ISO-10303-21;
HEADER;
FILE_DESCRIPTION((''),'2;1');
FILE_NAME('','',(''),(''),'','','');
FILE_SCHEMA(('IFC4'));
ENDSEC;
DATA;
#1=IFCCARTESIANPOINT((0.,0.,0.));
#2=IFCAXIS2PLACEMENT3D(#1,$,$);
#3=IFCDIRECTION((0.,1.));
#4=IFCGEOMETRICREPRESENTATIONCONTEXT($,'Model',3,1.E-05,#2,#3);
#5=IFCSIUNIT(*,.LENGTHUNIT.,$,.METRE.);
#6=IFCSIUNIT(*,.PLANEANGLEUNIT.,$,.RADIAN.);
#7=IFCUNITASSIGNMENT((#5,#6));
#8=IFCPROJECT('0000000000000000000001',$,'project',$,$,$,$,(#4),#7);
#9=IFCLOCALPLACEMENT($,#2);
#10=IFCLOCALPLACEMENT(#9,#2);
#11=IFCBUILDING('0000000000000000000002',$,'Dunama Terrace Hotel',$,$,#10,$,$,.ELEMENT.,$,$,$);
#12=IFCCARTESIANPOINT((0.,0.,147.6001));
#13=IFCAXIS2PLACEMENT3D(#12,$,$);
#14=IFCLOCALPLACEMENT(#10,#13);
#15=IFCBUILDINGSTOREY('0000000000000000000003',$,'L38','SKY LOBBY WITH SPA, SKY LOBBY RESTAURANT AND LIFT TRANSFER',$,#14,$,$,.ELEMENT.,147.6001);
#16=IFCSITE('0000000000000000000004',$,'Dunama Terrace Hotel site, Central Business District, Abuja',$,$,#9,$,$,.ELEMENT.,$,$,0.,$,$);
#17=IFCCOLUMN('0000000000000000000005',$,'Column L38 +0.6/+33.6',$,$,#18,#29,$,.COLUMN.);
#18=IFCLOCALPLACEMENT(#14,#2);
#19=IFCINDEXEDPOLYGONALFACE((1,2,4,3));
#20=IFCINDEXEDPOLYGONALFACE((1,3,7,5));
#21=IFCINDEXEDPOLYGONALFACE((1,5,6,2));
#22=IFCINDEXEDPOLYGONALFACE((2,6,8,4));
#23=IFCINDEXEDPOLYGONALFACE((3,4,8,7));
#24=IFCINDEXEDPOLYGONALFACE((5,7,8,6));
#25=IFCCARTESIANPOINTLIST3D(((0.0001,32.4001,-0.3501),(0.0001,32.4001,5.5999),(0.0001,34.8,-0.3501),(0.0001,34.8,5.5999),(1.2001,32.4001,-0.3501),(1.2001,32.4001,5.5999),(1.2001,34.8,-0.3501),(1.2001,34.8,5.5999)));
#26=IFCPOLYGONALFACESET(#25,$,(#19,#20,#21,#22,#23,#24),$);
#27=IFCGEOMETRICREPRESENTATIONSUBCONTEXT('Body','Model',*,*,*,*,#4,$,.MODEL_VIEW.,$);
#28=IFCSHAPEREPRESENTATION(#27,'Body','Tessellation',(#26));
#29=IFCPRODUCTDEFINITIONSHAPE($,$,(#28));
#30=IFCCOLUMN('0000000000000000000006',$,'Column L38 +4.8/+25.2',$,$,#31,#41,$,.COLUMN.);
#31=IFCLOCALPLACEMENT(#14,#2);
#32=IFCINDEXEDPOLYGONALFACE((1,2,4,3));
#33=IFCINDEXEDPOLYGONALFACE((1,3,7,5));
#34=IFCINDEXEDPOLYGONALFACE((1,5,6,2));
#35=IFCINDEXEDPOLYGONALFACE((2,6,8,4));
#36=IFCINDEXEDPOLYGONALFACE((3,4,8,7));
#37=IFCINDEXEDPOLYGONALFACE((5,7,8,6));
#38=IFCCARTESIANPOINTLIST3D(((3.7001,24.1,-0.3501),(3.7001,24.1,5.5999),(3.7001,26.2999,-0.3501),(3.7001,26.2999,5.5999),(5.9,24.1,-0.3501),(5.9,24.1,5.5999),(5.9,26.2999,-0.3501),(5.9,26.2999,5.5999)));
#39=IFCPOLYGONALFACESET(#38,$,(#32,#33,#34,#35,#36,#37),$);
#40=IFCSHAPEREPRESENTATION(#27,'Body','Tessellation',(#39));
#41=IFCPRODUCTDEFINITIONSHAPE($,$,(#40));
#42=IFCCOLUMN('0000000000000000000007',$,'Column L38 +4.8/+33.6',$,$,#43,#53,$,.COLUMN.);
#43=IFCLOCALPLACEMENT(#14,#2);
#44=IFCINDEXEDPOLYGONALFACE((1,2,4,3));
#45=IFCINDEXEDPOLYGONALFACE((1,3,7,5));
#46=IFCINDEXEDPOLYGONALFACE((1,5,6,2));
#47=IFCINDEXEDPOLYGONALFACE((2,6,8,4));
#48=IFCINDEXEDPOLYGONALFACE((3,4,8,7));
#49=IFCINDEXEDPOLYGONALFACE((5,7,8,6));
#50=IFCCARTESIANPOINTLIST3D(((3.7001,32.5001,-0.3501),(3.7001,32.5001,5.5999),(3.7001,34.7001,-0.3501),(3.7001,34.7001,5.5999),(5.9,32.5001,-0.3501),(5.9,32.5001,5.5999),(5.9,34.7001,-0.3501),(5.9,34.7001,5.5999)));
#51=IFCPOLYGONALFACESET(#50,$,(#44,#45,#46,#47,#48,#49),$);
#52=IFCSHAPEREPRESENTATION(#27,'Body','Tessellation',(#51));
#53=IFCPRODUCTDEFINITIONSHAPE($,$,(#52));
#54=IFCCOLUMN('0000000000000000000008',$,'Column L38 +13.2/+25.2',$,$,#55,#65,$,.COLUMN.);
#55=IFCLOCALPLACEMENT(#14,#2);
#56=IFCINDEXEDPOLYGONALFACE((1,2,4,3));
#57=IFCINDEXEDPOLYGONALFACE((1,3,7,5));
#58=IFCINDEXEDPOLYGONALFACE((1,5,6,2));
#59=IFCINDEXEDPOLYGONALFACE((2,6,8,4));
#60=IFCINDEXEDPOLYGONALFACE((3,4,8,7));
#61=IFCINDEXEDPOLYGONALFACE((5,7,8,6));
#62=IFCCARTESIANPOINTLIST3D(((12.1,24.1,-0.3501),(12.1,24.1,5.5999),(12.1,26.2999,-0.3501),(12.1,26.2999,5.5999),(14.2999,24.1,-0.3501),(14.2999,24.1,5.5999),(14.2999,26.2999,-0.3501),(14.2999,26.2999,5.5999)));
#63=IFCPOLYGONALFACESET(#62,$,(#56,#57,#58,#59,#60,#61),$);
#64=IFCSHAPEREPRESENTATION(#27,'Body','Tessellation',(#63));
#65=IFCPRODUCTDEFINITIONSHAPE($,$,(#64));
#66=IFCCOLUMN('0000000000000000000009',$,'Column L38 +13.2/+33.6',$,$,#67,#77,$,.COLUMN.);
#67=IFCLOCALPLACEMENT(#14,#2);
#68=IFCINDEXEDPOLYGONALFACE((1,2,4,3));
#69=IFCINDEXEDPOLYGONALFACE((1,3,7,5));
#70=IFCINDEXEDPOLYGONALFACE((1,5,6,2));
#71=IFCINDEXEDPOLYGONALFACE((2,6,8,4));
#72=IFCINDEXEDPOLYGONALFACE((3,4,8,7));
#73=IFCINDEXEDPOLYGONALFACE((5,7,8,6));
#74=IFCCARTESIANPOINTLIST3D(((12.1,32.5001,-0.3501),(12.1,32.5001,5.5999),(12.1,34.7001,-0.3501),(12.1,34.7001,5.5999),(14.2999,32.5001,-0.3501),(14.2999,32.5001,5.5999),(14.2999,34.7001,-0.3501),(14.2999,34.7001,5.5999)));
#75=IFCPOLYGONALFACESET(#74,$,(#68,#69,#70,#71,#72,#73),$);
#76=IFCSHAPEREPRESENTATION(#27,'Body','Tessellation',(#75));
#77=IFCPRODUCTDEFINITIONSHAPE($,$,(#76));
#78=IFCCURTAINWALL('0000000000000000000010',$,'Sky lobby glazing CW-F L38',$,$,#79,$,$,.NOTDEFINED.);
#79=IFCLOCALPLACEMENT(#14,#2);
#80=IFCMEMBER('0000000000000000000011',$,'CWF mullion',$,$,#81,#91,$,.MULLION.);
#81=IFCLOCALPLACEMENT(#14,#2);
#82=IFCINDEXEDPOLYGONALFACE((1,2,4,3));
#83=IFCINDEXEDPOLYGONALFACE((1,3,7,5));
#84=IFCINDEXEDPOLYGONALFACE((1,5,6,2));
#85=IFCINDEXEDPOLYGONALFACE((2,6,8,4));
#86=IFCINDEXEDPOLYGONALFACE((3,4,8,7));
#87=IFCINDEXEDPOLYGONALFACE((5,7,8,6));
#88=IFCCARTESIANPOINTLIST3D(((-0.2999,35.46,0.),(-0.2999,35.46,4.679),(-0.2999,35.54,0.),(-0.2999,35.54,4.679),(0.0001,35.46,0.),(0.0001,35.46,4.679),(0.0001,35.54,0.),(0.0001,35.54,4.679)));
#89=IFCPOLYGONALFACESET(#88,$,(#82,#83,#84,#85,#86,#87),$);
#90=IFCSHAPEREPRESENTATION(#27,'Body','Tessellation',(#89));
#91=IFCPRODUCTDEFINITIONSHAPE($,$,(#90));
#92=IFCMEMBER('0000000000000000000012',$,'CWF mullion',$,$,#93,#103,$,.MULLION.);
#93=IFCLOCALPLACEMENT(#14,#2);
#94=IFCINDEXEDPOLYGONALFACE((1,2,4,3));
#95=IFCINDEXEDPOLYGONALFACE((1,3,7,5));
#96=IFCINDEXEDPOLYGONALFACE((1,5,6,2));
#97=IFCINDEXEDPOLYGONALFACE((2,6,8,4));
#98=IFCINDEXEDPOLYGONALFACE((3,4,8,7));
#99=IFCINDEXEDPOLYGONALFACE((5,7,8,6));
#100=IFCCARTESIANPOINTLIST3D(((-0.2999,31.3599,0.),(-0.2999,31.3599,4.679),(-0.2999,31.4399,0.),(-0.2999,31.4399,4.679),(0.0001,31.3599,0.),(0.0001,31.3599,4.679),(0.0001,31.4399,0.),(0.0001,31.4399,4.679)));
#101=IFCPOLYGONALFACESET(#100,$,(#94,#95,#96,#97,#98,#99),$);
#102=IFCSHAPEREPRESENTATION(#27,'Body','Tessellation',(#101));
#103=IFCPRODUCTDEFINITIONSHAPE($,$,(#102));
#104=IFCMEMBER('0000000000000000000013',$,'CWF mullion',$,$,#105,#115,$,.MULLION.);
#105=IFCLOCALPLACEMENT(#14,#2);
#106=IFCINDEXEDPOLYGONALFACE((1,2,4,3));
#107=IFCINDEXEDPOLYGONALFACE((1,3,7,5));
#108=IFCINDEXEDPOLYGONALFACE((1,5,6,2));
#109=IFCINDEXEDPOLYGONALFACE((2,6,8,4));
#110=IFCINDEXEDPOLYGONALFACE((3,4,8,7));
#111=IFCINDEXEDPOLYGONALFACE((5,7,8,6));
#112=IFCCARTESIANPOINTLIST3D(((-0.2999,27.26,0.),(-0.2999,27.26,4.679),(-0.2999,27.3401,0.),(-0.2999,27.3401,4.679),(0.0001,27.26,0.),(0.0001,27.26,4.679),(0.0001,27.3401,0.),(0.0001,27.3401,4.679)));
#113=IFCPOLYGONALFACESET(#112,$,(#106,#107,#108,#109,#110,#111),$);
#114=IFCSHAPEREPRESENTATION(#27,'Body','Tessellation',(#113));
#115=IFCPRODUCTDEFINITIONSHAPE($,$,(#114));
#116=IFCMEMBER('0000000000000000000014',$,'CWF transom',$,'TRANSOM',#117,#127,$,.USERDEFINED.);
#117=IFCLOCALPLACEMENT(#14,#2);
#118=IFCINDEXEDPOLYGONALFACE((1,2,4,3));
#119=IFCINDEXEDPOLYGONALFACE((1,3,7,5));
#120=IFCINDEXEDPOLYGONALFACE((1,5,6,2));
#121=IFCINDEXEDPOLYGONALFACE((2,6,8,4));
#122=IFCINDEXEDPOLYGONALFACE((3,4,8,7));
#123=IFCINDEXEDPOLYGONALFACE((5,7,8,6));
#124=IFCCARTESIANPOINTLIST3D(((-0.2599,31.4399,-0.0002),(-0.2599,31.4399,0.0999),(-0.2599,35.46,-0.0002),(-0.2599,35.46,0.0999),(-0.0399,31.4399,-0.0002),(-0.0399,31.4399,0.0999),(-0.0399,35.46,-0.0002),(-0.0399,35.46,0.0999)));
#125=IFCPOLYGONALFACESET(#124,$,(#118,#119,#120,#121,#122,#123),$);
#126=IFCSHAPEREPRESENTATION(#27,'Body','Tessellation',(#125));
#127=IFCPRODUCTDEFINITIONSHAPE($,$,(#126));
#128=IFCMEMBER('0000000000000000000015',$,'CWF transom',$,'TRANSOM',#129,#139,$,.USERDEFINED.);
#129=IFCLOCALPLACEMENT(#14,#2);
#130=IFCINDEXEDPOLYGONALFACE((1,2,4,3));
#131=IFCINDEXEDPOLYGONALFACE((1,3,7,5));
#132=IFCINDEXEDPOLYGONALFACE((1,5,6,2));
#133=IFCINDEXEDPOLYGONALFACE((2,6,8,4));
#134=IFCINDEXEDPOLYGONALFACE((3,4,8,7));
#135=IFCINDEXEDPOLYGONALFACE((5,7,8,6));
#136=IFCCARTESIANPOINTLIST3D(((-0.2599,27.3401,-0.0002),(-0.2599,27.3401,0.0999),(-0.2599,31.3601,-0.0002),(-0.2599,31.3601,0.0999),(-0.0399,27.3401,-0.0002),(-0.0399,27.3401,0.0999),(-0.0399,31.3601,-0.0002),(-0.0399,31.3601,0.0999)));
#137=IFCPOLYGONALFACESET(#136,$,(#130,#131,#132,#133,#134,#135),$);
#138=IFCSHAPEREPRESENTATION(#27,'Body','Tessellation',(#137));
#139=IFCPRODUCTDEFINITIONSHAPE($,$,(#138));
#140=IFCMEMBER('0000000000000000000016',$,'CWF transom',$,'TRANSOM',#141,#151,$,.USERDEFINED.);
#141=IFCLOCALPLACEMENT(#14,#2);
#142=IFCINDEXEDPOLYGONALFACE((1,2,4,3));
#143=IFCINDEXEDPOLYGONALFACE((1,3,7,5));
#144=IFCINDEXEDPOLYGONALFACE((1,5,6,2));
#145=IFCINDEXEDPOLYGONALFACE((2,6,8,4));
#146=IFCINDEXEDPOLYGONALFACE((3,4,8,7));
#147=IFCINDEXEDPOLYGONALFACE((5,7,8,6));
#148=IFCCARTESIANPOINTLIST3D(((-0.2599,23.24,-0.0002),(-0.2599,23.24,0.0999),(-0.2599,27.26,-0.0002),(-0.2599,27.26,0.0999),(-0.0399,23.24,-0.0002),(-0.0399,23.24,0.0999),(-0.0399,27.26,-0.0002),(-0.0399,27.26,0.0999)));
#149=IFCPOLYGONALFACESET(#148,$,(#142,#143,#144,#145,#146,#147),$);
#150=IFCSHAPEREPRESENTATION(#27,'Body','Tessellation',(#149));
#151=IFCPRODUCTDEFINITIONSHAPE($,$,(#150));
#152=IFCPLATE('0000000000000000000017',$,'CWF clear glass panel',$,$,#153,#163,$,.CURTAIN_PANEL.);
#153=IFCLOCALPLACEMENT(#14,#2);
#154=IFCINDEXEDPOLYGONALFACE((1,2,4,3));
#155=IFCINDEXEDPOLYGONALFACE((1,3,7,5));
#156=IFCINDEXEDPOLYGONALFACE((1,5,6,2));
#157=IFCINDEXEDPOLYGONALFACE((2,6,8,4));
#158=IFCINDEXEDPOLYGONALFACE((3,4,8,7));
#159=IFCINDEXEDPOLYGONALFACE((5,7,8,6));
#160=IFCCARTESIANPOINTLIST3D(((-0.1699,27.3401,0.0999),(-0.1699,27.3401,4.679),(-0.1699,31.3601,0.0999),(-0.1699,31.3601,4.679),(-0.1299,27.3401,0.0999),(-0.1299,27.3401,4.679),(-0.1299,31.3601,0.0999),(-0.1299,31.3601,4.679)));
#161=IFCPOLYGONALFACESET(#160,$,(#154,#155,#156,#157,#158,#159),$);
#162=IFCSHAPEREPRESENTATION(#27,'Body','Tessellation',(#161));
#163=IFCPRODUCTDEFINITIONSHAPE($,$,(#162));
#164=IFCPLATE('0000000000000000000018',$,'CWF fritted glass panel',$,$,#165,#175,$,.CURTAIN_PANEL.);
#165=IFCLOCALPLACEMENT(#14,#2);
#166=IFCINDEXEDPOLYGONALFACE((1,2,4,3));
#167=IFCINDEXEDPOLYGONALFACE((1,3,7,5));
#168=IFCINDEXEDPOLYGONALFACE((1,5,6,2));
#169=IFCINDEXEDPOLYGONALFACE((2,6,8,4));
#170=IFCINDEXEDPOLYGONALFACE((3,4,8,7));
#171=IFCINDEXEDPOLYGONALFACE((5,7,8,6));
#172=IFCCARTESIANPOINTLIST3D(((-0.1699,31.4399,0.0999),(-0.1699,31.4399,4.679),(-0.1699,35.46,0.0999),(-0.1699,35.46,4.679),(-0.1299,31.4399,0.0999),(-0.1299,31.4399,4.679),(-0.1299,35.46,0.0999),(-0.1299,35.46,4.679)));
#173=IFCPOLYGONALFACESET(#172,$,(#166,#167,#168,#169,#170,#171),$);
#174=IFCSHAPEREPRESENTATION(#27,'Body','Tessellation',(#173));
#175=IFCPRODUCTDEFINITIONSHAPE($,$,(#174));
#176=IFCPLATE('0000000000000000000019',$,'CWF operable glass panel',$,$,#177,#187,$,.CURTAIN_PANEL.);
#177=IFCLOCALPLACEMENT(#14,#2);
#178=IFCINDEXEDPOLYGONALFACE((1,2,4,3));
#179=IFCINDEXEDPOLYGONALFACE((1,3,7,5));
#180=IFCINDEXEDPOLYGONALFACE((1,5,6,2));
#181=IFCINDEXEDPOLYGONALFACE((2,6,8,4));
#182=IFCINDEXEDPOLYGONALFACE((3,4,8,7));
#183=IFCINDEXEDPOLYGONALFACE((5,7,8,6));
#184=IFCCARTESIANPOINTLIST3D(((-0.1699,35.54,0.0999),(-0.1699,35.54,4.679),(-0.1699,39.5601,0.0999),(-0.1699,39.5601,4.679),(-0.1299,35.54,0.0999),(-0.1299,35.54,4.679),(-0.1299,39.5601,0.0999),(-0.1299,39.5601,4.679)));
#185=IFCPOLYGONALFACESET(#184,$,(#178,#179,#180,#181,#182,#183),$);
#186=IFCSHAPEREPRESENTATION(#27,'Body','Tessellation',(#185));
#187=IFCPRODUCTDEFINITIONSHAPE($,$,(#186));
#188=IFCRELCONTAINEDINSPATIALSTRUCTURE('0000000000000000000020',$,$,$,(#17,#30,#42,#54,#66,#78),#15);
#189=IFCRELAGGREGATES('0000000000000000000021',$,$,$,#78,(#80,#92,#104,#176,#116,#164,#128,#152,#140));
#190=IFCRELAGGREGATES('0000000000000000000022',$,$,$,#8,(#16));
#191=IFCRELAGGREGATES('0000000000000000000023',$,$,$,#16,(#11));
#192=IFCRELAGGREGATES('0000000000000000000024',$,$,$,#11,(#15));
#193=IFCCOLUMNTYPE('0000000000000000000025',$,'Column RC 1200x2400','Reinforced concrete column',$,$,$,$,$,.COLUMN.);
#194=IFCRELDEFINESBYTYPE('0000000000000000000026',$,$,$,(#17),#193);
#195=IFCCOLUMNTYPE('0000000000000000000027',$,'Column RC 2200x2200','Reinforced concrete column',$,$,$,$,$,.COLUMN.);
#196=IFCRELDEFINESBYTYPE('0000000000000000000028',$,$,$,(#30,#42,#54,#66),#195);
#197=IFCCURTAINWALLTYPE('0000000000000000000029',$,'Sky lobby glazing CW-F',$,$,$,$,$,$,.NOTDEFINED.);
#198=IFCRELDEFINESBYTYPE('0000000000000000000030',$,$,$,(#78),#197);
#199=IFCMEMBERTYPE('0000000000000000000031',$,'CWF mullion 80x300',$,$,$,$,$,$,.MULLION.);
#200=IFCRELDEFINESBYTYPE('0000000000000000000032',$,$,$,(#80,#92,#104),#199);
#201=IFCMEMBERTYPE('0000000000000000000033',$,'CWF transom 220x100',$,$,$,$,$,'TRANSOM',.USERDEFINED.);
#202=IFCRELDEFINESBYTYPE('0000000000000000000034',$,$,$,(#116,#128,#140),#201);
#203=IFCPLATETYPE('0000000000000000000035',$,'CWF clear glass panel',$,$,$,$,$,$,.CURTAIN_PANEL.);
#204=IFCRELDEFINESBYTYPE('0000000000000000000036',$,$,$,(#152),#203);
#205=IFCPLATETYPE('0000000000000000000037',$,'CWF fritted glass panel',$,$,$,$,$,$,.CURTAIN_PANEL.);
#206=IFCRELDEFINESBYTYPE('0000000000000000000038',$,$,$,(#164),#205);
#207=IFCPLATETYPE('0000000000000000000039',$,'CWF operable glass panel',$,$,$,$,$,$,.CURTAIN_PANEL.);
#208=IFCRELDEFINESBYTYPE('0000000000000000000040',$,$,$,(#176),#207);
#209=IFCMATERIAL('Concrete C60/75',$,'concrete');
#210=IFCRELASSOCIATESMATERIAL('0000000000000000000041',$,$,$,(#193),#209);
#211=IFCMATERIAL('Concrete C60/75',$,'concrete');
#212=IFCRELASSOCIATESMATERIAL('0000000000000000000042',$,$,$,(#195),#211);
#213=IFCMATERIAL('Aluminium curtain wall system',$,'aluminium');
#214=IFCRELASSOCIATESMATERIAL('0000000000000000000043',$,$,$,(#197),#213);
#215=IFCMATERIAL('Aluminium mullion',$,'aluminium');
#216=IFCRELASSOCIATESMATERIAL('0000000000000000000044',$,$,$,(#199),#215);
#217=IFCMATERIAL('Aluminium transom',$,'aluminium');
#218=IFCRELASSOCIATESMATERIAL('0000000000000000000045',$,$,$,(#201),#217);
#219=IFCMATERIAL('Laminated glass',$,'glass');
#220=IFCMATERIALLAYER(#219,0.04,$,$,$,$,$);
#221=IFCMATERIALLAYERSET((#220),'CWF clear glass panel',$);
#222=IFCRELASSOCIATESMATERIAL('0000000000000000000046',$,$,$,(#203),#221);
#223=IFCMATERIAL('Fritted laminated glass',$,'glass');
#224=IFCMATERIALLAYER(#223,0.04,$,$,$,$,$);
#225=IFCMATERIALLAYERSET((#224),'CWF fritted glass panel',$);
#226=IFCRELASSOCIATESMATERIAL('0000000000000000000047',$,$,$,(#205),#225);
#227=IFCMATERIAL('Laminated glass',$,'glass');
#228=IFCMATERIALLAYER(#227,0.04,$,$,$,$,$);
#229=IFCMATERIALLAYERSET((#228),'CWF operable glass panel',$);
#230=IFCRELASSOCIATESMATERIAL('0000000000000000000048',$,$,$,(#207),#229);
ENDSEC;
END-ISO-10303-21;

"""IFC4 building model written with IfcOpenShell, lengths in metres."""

from ifc_helpers import new_model, si_unit, direction, frame, origin, origin_2d, place, context, subcontext, project, spatial, rectangle, extrude, material, layer, layer_set, material_profile, profile_set, type_object, element, aggregate, save


model = new_model("IFC4")

# Units and contexts
model_context = context("Model", 3, precision=1e-05, world=origin(), true_north=direction((0.0, 1.0)))
body_context = subcontext(model_context, "Body", "Model", "MODEL_VIEW")
ifc_project = project(units=[si_unit("LENGTHUNIT", "METRE"), si_unit("PLANEANGLEUNIT", "RADIAN")], contexts=[model_context])

# Site, building, storey
site_placement = place(None, origin())
site = spatial("IfcSite", under=ifc_project, at=site_placement, Name="Dunama Terrace Hotel site, Central Business District, Abuja", CompositionType="ELEMENT", RefElevation=0.0)
building_placement = place(site_placement, origin())
building = spatial("IfcBuilding", under=site, at=building_placement, Name="Dunama Terrace Hotel", CompositionType="ELEMENT")
storey_placement = place(building_placement, frame((0.0, 0.0, 147.6001)))
storey = spatial("IfcBuildingStorey", under=building, at=storey_placement, Name="L38", Description="SKY LOBBY WITH SPA, SKY LOBBY RESTAURANT AND LIFT TRANSFER", CompositionType="ELEMENT", Elevation=147.6001)

# Columns
ifc_material_1 = material(Name="Concrete C60/75", Category="concrete")
ifc_material_profile_1 = material_profile(ifc_material_1, rectangle(XDim=1.2, YDim=2.3999, at=origin_2d()), Name="RC 1200x2400")
ifc_profile_set_1 = profile_set([ifc_material_profile_1], Name="Concrete C60/75")
column_type_1 = type_object("IfcColumnType", Name="Column RC 1200x2400", Description="Reinforced concrete column", PredefinedType="COLUMN", material=ifc_profile_set_1)
column_placement = place(storey_placement, frame((0.6001, 33.6001, -0.3501), z_axis=(0.0, 0.0, 1.0), x_axis=(1.0, 0.0, 0.0)))
element("IfcColumn", 1, at=column_placement, inside=storey, type_object=column_type_1, Name="Column L38 +0.6/+33.6", PredefinedType="COLUMN", context=body_context, shape_type="SweptSolid", body=[
    extrude(rectangle(XDim=1.2, YDim=2.3999, at=origin_2d()), origin(), (0.0, 0.0, 1.0), 5.95),
])
ifc_material_2 = material(Name="Concrete C60/75", Category="concrete")
ifc_material_profile_2 = material_profile(ifc_material_2, rectangle(XDim=2.2, YDim=2.2, at=origin_2d()), Name="RC 2200x2200")
ifc_profile_set_2 = profile_set([ifc_material_profile_2], Name="Concrete C60/75")
column_type_2 = type_object("IfcColumnType", Name="Column RC 2200x2200", Description="Reinforced concrete column", PredefinedType="COLUMN", material=ifc_profile_set_2)
for number, where, z_axis, x_axis, name in (
    (2, (4.8, 25.2, -0.3501), (0.0, 0.0, 1.0), (1.0, 0.0, 0.0), "Column L38 +4.8/+25.2"),
    (3, (4.8, 33.6001, -0.3501), (0.0, 0.0, 1.0), (1.0, 0.0, 0.0), "Column L38 +4.8/+33.6"),
    (4, (13.2, 25.2, -0.3501), (0.0, 0.0, 1.0), (1.0, 0.0, 0.0), "Column L38 +13.2/+25.2"),
    (5, (13.2, 33.6001, -0.3501), (0.0, 0.0, 1.0), (1.0, 0.0, 0.0), "Column L38 +13.2/+33.6"),
):
    element("IfcColumn", number, at=place(storey_placement, frame(where, z_axis=z_axis, x_axis=x_axis)), inside=storey, type_object=column_type_2, Name=name, PredefinedType="COLUMN", context=body_context, shape_type="SweptSolid", body=[
        extrude(rectangle(XDim=2.2, YDim=2.2, at=origin_2d()), origin(), (0.0, 0.0, 1.0), 5.95),
    ])

# Curtain wall, members, plates
ifc_material_3 = material(Name="Aluminium curtain wall system", Category="aluminium")
curtain_wall_type = type_object("IfcCurtainWallType", Name="Sky lobby glazing CW-F", PredefinedType="NOTDEFINED", material=ifc_material_3)
curtain_wall_placement = place(storey_placement, origin())
curtain_wall = element("IfcCurtainWall", 6, at=curtain_wall_placement, inside=storey, type_object=curtain_wall_type, Name="Sky lobby glazing CW-F L38", PredefinedType="NOTDEFINED")
ifc_material_4 = material(Name="Aluminium mullion", Category="aluminium")
ifc_material_profile_3 = material_profile(ifc_material_4, rectangle(XDim=0.0801, YDim=0.3, at=origin_2d()), Name="CWF MULLION 80X300")
ifc_profile_set_3 = profile_set([ifc_material_profile_3], Name="Aluminium mullion")
member_type_1 = type_object("IfcMemberType", Name="CWF mullion 80x300", PredefinedType="MULLION", material=ifc_profile_set_3)
member_1_placement = place(storey_placement, frame((-0.1499, 35.5, 0.0), z_axis=(0.0, 0.0, 1.0), x_axis=(0.0, -1.0, 0.0)))
member_1 = element("IfcMember", 7, at=member_1_placement, type_object=member_type_1, Name="CWF mullion", PredefinedType="MULLION", context=body_context, shape_type="SweptSolid", body=[
    extrude(rectangle(XDim=0.0801, YDim=0.3, at=origin_2d()), origin(), (0.0, 0.0, 1.0), 4.679),
])
member_2_placement = place(storey_placement, frame((-0.1499, 31.3999, 0.0), z_axis=(0.0, 0.0, 1.0), x_axis=(0.0, -1.0, 0.0)))
member_2 = element("IfcMember", 8, at=member_2_placement, type_object=member_type_1, Name="CWF mullion", PredefinedType="MULLION", context=body_context, shape_type="SweptSolid", body=[
    extrude(rectangle(XDim=0.0801, YDim=0.3, at=origin_2d()), origin(), (0.0, 0.0, 1.0), 4.679),
])
member_3_placement = place(storey_placement, frame((-0.1499, 27.3, 0.0), z_axis=(0.0, 0.0, 1.0), x_axis=(0.0, -1.0, 0.0)))
member_3 = element("IfcMember", 9, at=member_3_placement, type_object=member_type_1, Name="CWF mullion", PredefinedType="MULLION", context=body_context, shape_type="SweptSolid", body=[
    extrude(rectangle(XDim=0.0801, YDim=0.3, at=origin_2d()), origin(), (0.0, 0.0, 1.0), 4.679),
])
ifc_material_5 = material(Name="Aluminium transom", Category="aluminium")
ifc_material_profile_4 = material_profile(ifc_material_5, rectangle(XDim=0.22, YDim=0.1001, at=origin_2d()), Name="CWF TRANSOM 220X100")
ifc_profile_set_4 = profile_set([ifc_material_profile_4], Name="Aluminium transom")
member_type_2 = type_object("IfcMemberType", Name="CWF transom 220x100", ElementType="TRANSOM", PredefinedType="USERDEFINED", material=ifc_profile_set_4)
member_4_placement = place(storey_placement, frame((-0.1499, 35.46, 0.0498), z_axis=(0.0, -1.0, 0.0), x_axis=(1.0, 0.0, 0.0)))
member_4 = element("IfcMember", 10, at=member_4_placement, type_object=member_type_2, Name="CWF transom", ObjectType="TRANSOM", PredefinedType="USERDEFINED", context=body_context, shape_type="SweptSolid", body=[
    extrude(rectangle(XDim=0.22, YDim=0.1001, at=origin_2d()), origin(), (0.0, 0.0, 1.0), 4.02),
])
member_5_placement = place(storey_placement, frame((-0.1499, 31.3601, 0.0498), z_axis=(0.0, -1.0, 0.0), x_axis=(1.0, 0.0, 0.0)))
member_5 = element("IfcMember", 11, at=member_5_placement, type_object=member_type_2, Name="CWF transom", ObjectType="TRANSOM", PredefinedType="USERDEFINED", context=body_context, shape_type="SweptSolid", body=[
    extrude(rectangle(XDim=0.22, YDim=0.1001, at=origin_2d()), origin(), (0.0, 0.0, 1.0), 4.02),
])
member_6_placement = place(storey_placement, frame((-0.1499, 27.26, 0.0498), z_axis=(0.0, -1.0, 0.0), x_axis=(1.0, 0.0, 0.0)))
member_6 = element("IfcMember", 12, at=member_6_placement, type_object=member_type_2, Name="CWF transom", ObjectType="TRANSOM", PredefinedType="USERDEFINED", context=body_context, shape_type="SweptSolid", body=[
    extrude(rectangle(XDim=0.22, YDim=0.1001, at=origin_2d()), origin(), (0.0, 0.0, 1.0), 4.02),
])
ifc_material_6 = material(Name="Laminated glass", Category="glass")
ifc_layer_1 = layer(ifc_material_6, 0.04)
ifc_layer_set_1 = layer_set([ifc_layer_1], Name="CWF clear glass panel")
plate_type_1 = type_object("IfcPlateType", Name="CWF clear glass panel", PredefinedType="CURTAIN_PANEL", material=ifc_layer_set_1)
plate_1_placement = place(storey_placement, frame((-0.1499, 29.3501, 0.0999), z_axis=(0.0, 0.0, 1.0), x_axis=(0.0, -1.0, 0.0)))
plate_1 = element("IfcPlate", 13, at=plate_1_placement, type_object=plate_type_1, Name="CWF clear glass panel", PredefinedType="CURTAIN_PANEL", context=body_context, shape_type="SweptSolid", body=[
    extrude(rectangle(XDim=4.02, YDim=0.04, at=origin_2d()), origin(), (0.0, 0.0, 1.0), 4.5791),
])
ifc_material_7 = material(Name="Fritted laminated glass", Category="glass")
ifc_layer_2 = layer(ifc_material_7, 0.04)
ifc_layer_set_2 = layer_set([ifc_layer_2], Name="CWF fritted glass panel")
plate_type_2 = type_object("IfcPlateType", Name="CWF fritted glass panel", PredefinedType="CURTAIN_PANEL", material=ifc_layer_set_2)
plate_2_placement = place(storey_placement, frame((-0.1499, 33.45, 0.0999), z_axis=(0.0, 0.0, 1.0), x_axis=(0.0, -1.0, 0.0)))
plate_2 = element("IfcPlate", 14, at=plate_2_placement, type_object=plate_type_2, Name="CWF fritted glass panel", PredefinedType="CURTAIN_PANEL", context=body_context, shape_type="SweptSolid", body=[
    extrude(rectangle(XDim=4.02, YDim=0.04, at=origin_2d()), origin(), (0.0, 0.0, 1.0), 4.5791),
])
ifc_material_8 = material(Name="Laminated glass", Category="glass")
ifc_layer_3 = layer(ifc_material_8, 0.04)
ifc_layer_set_3 = layer_set([ifc_layer_3], Name="CWF operable glass panel")
plate_type_3 = type_object("IfcPlateType", Name="CWF operable glass panel", PredefinedType="CURTAIN_PANEL", material=ifc_layer_set_3)
plate_3_placement = place(storey_placement, frame((-0.1499, 37.55, 0.0999), z_axis=(0.0, 0.0, 1.0), x_axis=(0.0, -1.0, 0.0)))
plate_3 = element("IfcPlate", 15, at=plate_3_placement, type_object=plate_type_3, Name="CWF operable glass panel", PredefinedType="CURTAIN_PANEL", context=body_context, shape_type="SweptSolid", body=[
    extrude(rectangle(XDim=4.02, YDim=0.04, at=origin_2d()), origin(), (0.0, 0.0, 1.0), 4.5791),
])
aggregate(curtain_wall, [member_1, member_2, member_3, plate_3, member_4, plate_2, member_5, plate_1, member_6])

save(model, "model.ifc")
